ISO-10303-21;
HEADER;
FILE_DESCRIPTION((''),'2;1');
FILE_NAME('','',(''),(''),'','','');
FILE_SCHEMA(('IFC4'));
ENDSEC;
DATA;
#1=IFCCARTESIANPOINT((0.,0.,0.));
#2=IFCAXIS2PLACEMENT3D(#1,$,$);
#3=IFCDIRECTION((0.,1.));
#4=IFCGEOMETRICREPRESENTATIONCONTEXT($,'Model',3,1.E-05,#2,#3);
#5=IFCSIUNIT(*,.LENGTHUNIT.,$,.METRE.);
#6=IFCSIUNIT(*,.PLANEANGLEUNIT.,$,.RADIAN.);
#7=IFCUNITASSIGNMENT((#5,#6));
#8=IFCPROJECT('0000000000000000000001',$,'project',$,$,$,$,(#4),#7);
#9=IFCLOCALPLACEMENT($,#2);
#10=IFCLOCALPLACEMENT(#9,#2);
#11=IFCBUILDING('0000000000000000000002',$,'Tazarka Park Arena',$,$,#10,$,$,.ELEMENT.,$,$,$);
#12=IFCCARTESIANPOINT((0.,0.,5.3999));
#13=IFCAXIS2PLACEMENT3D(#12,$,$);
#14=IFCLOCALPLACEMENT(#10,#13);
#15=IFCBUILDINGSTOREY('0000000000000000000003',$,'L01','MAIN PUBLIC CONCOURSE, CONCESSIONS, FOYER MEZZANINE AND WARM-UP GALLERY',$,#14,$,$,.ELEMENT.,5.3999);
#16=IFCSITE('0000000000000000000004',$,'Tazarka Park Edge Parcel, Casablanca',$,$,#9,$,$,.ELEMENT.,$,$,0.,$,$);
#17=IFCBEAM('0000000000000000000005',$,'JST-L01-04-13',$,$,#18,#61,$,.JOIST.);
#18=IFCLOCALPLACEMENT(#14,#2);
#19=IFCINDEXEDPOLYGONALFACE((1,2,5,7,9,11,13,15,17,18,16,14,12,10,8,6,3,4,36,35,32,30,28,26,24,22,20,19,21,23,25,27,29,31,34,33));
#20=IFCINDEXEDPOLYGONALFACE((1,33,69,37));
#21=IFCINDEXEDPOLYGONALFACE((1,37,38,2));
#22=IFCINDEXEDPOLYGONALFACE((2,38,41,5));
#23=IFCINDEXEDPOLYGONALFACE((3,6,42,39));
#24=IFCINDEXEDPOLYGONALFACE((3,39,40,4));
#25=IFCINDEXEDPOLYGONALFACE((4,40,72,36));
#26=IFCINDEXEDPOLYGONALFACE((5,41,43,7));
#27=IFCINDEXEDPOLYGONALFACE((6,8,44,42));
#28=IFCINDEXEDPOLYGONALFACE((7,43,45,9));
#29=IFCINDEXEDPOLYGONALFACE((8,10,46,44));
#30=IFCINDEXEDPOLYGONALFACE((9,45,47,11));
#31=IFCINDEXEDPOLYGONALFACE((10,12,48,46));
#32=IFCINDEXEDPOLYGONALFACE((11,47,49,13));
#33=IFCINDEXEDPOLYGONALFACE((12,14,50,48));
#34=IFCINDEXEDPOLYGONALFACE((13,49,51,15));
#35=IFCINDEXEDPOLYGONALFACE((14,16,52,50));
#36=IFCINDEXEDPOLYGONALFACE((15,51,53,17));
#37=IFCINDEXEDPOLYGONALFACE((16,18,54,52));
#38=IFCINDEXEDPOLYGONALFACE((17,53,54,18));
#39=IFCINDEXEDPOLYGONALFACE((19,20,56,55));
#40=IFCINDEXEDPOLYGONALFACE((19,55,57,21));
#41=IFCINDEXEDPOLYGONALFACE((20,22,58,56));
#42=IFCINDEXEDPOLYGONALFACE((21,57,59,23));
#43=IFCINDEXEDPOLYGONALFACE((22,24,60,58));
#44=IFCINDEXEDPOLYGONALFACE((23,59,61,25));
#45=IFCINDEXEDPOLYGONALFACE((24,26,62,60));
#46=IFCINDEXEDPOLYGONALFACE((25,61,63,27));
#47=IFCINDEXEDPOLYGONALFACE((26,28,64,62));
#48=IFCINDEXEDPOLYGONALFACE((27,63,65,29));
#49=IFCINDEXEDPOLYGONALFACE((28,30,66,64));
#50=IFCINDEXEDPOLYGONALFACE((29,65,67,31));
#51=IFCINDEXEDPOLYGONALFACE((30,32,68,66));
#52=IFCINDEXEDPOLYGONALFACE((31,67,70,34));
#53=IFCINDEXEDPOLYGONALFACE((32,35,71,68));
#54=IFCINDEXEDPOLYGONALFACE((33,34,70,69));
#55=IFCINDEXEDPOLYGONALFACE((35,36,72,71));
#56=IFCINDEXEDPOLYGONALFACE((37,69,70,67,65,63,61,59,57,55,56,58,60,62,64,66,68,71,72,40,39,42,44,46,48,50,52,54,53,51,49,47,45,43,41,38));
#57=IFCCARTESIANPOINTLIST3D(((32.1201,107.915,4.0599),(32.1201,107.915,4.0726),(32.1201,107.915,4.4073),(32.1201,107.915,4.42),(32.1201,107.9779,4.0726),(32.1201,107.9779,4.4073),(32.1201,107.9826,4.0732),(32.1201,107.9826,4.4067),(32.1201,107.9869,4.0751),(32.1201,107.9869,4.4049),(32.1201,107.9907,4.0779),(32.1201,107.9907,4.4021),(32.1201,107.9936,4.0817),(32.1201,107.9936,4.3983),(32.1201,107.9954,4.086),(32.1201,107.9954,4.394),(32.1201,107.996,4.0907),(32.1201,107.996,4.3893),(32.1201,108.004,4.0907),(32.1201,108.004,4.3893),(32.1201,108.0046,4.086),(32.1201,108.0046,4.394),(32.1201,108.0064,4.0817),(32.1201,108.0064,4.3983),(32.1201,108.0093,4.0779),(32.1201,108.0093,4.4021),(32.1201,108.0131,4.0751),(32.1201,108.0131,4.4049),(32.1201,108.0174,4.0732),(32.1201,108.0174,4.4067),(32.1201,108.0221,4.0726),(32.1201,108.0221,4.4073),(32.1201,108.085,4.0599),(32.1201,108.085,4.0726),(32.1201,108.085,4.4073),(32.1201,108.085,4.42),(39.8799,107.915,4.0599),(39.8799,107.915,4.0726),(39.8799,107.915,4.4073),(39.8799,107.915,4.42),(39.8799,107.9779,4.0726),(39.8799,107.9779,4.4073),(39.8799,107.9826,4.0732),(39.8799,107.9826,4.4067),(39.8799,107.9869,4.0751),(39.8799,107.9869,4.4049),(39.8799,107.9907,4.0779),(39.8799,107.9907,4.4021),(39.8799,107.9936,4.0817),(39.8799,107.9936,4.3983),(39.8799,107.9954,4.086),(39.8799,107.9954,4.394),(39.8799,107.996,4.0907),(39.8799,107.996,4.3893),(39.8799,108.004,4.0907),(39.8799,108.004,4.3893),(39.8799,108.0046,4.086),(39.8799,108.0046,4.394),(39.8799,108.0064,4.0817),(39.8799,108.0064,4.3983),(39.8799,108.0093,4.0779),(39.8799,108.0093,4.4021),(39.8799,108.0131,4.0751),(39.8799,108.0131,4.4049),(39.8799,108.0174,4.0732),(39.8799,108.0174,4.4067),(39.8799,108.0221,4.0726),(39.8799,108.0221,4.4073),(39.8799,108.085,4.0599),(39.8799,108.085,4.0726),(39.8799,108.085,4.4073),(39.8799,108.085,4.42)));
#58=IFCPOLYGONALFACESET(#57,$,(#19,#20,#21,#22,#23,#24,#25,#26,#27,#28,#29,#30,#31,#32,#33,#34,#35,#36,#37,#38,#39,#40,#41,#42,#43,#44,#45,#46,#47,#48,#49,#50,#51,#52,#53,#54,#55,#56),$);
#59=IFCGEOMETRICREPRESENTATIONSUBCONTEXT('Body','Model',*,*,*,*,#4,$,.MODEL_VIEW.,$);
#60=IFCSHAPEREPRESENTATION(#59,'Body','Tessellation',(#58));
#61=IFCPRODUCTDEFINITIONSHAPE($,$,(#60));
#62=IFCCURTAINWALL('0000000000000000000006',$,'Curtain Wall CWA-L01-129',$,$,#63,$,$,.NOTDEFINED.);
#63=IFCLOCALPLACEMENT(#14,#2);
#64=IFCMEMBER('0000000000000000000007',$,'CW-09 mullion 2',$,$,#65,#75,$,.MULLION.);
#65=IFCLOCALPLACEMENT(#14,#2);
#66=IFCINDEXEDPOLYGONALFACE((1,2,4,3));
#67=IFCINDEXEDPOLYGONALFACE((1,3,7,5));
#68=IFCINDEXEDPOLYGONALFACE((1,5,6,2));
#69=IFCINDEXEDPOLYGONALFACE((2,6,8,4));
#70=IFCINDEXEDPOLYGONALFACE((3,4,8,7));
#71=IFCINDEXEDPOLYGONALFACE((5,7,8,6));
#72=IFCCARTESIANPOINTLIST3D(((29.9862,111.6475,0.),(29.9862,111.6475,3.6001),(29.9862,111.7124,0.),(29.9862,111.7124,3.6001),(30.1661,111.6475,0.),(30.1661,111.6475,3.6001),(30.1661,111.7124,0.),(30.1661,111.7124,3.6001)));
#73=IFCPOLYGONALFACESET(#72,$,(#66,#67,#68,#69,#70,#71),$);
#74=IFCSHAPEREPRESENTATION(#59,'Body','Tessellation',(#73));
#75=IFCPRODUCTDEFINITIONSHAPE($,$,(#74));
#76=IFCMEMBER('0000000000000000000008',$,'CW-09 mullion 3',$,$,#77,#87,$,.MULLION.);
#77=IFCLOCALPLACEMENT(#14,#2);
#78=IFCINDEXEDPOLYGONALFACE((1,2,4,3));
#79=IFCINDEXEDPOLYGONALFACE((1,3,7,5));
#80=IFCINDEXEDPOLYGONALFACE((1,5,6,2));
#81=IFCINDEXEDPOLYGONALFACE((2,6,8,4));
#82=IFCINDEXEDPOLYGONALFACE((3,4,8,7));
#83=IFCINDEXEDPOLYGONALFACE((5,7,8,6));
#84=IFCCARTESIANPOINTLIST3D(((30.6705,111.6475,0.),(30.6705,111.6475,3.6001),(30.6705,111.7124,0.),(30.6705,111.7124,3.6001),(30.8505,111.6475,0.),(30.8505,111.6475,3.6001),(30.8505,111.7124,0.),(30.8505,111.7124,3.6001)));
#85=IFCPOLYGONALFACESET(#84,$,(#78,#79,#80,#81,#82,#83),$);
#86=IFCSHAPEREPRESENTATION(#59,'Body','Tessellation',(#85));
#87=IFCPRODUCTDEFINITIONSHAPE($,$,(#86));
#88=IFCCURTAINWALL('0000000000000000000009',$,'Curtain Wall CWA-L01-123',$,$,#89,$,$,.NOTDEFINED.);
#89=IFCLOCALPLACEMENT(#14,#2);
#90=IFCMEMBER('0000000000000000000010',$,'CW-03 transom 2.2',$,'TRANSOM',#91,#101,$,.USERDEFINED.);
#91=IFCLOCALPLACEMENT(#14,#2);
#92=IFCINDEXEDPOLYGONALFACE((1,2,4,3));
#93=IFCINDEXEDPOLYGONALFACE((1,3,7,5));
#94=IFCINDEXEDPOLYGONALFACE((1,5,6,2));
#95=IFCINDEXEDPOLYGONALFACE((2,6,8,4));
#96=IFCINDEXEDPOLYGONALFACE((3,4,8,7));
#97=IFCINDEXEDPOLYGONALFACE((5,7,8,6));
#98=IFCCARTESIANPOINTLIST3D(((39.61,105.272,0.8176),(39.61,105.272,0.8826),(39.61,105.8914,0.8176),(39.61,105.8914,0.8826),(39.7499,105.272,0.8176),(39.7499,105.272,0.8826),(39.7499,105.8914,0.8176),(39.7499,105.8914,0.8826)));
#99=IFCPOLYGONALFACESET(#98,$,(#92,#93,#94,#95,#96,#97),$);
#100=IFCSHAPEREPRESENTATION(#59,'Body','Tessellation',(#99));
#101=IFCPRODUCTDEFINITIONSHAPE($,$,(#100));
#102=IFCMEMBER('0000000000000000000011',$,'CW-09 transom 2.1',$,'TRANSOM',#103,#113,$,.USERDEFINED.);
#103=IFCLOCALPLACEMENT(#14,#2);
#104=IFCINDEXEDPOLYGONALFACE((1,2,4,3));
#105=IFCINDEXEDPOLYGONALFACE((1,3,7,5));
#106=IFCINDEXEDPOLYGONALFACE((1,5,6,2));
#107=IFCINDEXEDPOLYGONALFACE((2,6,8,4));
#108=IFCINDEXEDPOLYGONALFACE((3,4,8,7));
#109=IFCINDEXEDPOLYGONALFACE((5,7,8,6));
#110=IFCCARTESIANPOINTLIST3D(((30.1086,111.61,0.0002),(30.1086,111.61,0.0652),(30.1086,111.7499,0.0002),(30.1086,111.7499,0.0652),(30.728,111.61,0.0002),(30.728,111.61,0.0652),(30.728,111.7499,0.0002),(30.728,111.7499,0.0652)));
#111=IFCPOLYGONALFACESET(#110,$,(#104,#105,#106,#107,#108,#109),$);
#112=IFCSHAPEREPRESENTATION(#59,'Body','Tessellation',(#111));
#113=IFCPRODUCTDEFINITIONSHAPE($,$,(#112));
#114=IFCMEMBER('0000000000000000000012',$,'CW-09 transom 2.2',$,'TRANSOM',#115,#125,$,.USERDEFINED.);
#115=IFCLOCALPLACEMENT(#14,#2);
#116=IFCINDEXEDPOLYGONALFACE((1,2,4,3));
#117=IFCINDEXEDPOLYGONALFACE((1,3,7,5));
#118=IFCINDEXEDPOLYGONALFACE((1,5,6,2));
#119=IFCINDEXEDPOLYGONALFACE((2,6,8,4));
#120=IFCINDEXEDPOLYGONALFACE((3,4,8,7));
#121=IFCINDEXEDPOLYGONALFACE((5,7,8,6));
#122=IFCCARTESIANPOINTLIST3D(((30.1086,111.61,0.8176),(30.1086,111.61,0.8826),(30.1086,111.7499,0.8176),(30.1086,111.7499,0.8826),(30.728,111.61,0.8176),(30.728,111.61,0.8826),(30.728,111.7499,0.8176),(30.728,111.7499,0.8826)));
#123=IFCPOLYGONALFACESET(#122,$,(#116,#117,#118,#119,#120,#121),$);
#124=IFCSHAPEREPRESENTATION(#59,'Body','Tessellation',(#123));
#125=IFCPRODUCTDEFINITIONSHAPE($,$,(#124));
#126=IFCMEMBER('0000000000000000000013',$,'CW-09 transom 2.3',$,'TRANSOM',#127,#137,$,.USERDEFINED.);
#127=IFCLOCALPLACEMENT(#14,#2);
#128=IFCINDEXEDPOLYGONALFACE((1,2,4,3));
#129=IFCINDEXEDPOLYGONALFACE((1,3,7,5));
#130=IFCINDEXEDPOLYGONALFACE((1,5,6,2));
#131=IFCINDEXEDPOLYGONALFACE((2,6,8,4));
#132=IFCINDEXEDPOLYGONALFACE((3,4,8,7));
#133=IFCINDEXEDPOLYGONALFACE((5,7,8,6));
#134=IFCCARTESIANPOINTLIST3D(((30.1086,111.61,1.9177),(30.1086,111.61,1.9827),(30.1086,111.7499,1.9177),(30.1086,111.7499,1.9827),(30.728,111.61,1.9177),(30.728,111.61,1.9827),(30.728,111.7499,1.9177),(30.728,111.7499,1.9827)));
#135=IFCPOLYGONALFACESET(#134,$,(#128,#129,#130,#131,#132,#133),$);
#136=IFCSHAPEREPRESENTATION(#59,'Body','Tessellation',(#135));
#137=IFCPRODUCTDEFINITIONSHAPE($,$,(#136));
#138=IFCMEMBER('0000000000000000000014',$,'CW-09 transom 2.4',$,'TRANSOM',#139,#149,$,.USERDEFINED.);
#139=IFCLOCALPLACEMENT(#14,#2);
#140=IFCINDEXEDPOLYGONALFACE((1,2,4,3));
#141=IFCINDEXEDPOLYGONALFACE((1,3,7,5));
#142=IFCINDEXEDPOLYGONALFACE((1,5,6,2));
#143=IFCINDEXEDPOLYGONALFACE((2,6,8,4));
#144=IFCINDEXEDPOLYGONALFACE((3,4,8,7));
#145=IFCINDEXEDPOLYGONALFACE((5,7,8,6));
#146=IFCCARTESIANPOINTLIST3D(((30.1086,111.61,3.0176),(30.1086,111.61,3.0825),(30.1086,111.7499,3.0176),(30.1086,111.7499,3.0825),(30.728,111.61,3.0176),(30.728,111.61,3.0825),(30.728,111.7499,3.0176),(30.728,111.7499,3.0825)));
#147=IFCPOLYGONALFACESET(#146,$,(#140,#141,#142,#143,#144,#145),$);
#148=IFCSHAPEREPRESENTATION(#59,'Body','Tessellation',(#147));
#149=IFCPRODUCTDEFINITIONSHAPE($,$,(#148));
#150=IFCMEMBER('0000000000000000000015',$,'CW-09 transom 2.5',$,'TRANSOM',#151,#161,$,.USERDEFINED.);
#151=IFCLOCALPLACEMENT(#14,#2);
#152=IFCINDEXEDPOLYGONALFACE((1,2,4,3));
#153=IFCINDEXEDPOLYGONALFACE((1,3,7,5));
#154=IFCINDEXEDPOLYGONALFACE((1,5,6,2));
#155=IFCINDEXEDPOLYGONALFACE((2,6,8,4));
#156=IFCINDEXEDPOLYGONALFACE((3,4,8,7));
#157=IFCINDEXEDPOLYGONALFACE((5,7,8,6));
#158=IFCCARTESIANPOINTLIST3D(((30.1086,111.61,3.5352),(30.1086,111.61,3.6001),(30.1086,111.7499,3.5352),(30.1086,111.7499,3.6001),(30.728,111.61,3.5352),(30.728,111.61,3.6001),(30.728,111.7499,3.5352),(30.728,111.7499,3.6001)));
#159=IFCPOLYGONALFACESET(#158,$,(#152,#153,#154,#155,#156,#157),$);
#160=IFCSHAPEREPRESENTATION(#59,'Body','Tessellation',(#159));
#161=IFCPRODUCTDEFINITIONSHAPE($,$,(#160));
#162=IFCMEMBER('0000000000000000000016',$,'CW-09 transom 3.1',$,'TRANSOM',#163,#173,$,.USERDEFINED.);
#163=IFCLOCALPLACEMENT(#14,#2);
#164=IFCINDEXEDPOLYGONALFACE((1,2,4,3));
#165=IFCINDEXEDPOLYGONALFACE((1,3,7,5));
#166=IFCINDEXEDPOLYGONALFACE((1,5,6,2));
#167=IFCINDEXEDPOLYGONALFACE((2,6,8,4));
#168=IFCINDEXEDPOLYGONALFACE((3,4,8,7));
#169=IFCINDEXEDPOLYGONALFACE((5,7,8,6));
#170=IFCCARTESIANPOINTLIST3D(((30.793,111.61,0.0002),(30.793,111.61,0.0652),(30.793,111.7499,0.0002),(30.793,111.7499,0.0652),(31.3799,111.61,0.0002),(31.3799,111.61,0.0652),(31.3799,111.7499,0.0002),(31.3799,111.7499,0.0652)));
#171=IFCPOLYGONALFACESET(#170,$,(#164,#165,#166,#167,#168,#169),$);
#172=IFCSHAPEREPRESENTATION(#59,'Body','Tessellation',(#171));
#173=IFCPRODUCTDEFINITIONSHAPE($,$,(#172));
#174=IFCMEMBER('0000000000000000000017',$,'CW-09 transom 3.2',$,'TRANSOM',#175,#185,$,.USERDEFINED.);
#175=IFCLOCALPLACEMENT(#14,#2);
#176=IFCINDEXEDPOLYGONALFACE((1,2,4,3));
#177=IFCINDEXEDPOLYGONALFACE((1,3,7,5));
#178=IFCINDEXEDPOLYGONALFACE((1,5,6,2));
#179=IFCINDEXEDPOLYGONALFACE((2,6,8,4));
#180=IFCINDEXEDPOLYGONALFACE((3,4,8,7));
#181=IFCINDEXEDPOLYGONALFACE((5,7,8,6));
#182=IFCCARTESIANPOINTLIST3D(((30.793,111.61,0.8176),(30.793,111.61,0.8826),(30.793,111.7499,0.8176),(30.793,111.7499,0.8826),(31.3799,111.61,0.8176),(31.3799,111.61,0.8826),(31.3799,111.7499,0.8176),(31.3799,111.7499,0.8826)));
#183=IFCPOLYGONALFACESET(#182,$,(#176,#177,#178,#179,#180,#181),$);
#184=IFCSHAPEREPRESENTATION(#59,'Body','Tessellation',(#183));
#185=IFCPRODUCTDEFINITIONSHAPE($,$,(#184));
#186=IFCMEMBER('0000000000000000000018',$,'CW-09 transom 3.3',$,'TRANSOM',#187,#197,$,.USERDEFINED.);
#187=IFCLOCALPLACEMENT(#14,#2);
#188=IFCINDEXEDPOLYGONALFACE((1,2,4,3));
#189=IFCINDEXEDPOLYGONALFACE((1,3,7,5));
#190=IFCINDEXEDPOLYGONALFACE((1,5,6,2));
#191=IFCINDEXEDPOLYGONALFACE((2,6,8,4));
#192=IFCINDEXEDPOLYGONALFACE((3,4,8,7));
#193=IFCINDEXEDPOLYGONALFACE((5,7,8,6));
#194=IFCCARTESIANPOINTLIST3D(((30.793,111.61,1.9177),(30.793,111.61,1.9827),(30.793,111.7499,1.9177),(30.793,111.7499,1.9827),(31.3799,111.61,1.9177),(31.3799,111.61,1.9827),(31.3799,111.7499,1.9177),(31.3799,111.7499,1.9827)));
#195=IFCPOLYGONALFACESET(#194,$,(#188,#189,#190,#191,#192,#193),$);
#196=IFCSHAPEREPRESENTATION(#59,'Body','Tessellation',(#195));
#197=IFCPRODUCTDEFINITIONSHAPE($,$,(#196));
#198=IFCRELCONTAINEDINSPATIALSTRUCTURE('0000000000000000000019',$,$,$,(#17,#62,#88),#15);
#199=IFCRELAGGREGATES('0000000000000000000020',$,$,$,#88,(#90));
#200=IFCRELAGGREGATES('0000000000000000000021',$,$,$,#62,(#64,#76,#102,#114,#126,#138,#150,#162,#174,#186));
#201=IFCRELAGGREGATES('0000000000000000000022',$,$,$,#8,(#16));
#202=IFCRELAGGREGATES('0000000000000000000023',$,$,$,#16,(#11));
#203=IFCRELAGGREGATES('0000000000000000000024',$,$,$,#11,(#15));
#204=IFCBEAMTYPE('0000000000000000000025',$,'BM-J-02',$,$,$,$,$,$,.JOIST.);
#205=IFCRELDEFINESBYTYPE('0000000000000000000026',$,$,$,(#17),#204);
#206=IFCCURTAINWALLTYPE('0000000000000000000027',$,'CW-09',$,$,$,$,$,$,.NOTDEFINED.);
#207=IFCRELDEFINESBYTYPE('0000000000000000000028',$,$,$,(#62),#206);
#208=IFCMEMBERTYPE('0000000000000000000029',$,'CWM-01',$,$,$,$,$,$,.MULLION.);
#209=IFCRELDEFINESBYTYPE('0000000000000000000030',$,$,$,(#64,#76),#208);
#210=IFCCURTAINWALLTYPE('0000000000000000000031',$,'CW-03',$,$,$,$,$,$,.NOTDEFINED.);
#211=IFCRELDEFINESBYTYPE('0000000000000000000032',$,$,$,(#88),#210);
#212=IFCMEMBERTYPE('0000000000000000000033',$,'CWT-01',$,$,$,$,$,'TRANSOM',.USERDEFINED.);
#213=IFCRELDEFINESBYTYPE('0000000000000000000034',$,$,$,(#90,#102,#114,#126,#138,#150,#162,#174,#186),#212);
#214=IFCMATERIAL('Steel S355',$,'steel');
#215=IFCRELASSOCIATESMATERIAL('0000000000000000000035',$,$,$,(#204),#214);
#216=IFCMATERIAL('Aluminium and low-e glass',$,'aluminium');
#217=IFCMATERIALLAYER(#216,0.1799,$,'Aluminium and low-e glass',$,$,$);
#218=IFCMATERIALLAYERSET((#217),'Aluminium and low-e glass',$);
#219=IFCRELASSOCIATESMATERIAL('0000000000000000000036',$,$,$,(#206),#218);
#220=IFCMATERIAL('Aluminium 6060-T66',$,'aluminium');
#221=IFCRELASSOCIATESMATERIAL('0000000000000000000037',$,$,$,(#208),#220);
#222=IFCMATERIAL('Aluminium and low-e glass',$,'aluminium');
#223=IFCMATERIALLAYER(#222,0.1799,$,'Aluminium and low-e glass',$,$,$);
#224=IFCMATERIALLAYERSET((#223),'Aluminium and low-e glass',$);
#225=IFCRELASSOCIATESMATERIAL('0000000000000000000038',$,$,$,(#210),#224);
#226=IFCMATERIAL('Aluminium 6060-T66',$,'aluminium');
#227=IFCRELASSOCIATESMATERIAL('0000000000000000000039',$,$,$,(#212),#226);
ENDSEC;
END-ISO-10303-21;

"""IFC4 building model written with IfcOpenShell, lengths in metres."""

from ifc_helpers import new_model, si_unit, direction, frame, origin, origin_2d, place, context, subcontext, project, spatial, rectangle, i_section, extrude, material, layer, layer_set, material_profile, profile_set, type_object, element, aggregate, save


model = new_model("IFC4")

# Units and contexts
model_context = context("Model", 3, precision=1e-05, world=origin(), true_north=direction((0.0, 1.0)))
body_context = subcontext(model_context, "Body", "Model", "MODEL_VIEW")
ifc_project = project(units=[si_unit("LENGTHUNIT", "METRE"), si_unit("PLANEANGLEUNIT", "RADIAN")], contexts=[model_context])

# Site, building, storey
site_placement = place(None, origin())
site = spatial("IfcSite", under=ifc_project, at=site_placement, Name="Tazarka Park Edge Parcel, Casablanca", CompositionType="ELEMENT", RefElevation=0.0)
building_placement = place(site_placement, origin())
building = spatial("IfcBuilding", under=site, at=building_placement, Name="Tazarka Park Arena", CompositionType="ELEMENT")
storey_placement = place(building_placement, frame((0.0, 0.0, 5.3999)))
storey = spatial("IfcBuildingStorey", under=building, at=storey_placement, Name="L01", Description="MAIN PUBLIC CONCOURSE, CONCESSIONS, FOYER MEZZANINE AND WARM-UP GALLERY", CompositionType="ELEMENT", Elevation=5.3999)

# Beam
ifc_material_1 = material(Name="Steel S355", Category="steel")
ifc_material_profile_1 = material_profile(ifc_material_1, i_section(OverallWidth=0.1699, OverallDepth=0.3601, WebThickness=0.0081, FlangeThickness=0.0127, FilletRadius=0.0181, at=origin_2d()), Name="Steel S355")
ifc_profile_set_1 = profile_set([ifc_material_profile_1], Name="Steel S355")
beam_type = type_object("IfcBeamType", Name="BM-J-02", PredefinedType="JOIST", material=ifc_profile_set_1)
beam_placement = place(storey_placement, frame((32.1201, 108.0, 4.24), z_axis=(1.0, 0.0, 0.0), x_axis=(0.0, 1.0, 0.0)))
element("IfcBeam", 1, at=beam_placement, inside=storey, type_object=beam_type, Name="JST-L01-04-13", PredefinedType="JOIST", context=body_context, shape_type="SweptSolid", body=[
    extrude(i_section(OverallWidth=0.1699, OverallDepth=0.3601, WebThickness=0.0081, FlangeThickness=0.0127, FilletRadius=0.0181, at=origin_2d()), origin(), (0.0, 0.0, 1.0), 7.7598),
])

# Curtain wall, members
ifc_material_2 = material(Name="Aluminium and low-e glass", Category="aluminium")
ifc_layer_1 = layer(ifc_material_2, 0.1799, Name="Aluminium and low-e glass")
ifc_layer_set_1 = layer_set([ifc_layer_1], Name="Aluminium and low-e glass")
curtain_wall_type_1 = type_object("IfcCurtainWallType", Name="CW-09", PredefinedType="NOTDEFINED", material=ifc_layer_set_1)
curtain_wall_1_placement = place(storey_placement, origin())
curtain_wall_1 = element("IfcCurtainWall", 2, at=curtain_wall_1_placement, inside=storey, type_object=curtain_wall_type_1, Name="Curtain Wall CWA-L01-129", PredefinedType="NOTDEFINED")
ifc_material_3 = material(Name="Aluminium 6060-T66", Category="aluminium")
ifc_material_profile_2 = material_profile(ifc_material_3, rectangle(XDim=0.0649, YDim=0.1799, at=origin_2d()), Name="Aluminium 6060-T66")
ifc_profile_set_2 = profile_set([ifc_material_profile_2], Name="Aluminium 6060-T66")
member_type_1 = type_object("IfcMemberType", Name="CWM-01", PredefinedType="MULLION", material=ifc_profile_set_2)
member_1_placement = place(storey_placement, frame((30.0762, 111.6799, 0.0), z_axis=(0.0, 0.0, 1.0), x_axis=(0.0, 1.0, 0.0)))
member_1 = element("IfcMember", 3, at=member_1_placement, type_object=member_type_1, Name="CW-09 mullion 2", PredefinedType="MULLION", context=body_context, shape_type="SweptSolid", body=[
    extrude(rectangle(XDim=0.0649, YDim=0.1799, at=origin_2d()), origin(), (0.0, 0.0, 1.0), 3.6001),
])
member_2_placement = place(storey_placement, frame((30.7605, 111.6799, 0.0), z_axis=(0.0, 0.0, 1.0), x_axis=(0.0, 1.0, 0.0)))
member_2 = element("IfcMember", 4, at=member_2_placement, type_object=member_type_1, Name="CW-09 mullion 3", PredefinedType="MULLION", context=body_context, shape_type="SweptSolid", body=[
    extrude(rectangle(XDim=0.0649, YDim=0.1799, at=origin_2d()), origin(), (0.0, 0.0, 1.0), 3.6001),
])

# Curtain wall, member
ifc_material_4 = material(Name="Aluminium and low-e glass", Category="aluminium")
ifc_layer_2 = layer(ifc_material_4, 0.1799, Name="Aluminium and low-e glass")
ifc_layer_set_2 = layer_set([ifc_layer_2], Name="Aluminium and low-e glass")
curtain_wall_type_2 = type_object("IfcCurtainWallType", Name="CW-03", PredefinedType="NOTDEFINED", material=ifc_layer_set_2)
curtain_wall_2_placement = place(storey_placement, origin())
curtain_wall_2 = element("IfcCurtainWall", 5, at=curtain_wall_2_placement, inside=storey, type_object=curtain_wall_type_2, Name="Curtain Wall CWA-L01-123", PredefinedType="NOTDEFINED")
ifc_material_5 = material(Name="Aluminium 6060-T66", Category="aluminium")
ifc_material_profile_3 = material_profile(ifc_material_5, rectangle(XDim=0.1399, YDim=0.0649, at=origin_2d()), Name="Aluminium 6060-T66")
ifc_profile_set_3 = profile_set([ifc_material_profile_3], Name="Aluminium 6060-T66")
member_type_2 = type_object("IfcMemberType", Name="CWT-01", ElementType="TRANSOM", PredefinedType="USERDEFINED", material=ifc_profile_set_3)
member_3_placement = place(storey_placement, frame((39.6799, 105.8914, 0.8501), z_axis=(0.0, -1.0, 0.0), x_axis=(1.0, 0.0, 0.0)))
member_3 = element("IfcMember", 6, at=member_3_placement, type_object=member_type_2, Name="CW-03 transom 2.2", ObjectType="TRANSOM", PredefinedType="USERDEFINED", context=body_context, shape_type="SweptSolid", body=[
    extrude(rectangle(XDim=0.1399, YDim=0.0649, at=origin_2d()), origin(), (0.0, 0.0, 1.0), 0.6194),
])
aggregate(curtain_wall_2, [member_3])

# Members
member_4_placement = place(storey_placement, frame((30.1086, 111.6799, 0.0327), z_axis=(1.0, 0.0, 0.0), x_axis=(0.0, 1.0, 0.0)))
member_4 = element("IfcMember", 7, at=member_4_placement, type_object=member_type_2, Name="CW-09 transom 2.1", ObjectType="TRANSOM", PredefinedType="USERDEFINED", context=body_context, shape_type="SweptSolid", body=[
    extrude(rectangle(XDim=0.1399, YDim=0.0649, at=origin_2d()), origin(), (0.0, 0.0, 1.0), 0.6194),
])
member_5_placement = place(storey_placement, frame((30.1086, 111.6799, 0.8501), z_axis=(1.0, 0.0, 0.0), x_axis=(0.0, 1.0, 0.0)))
member_5 = element("IfcMember", 8, at=member_5_placement, type_object=member_type_2, Name="CW-09 transom 2.2", ObjectType="TRANSOM", PredefinedType="USERDEFINED", context=body_context, shape_type="SweptSolid", body=[
    extrude(rectangle(XDim=0.1399, YDim=0.0649, at=origin_2d()), origin(), (0.0, 0.0, 1.0), 0.6194),
])
member_6_placement = place(storey_placement, frame((30.1086, 111.6799, 1.9502), z_axis=(1.0, 0.0, 0.0), x_axis=(0.0, 1.0, 0.0)))
member_6 = element("IfcMember", 9, at=member_6_placement, type_object=member_type_2, Name="CW-09 transom 2.3", ObjectType="TRANSOM", PredefinedType="USERDEFINED", context=body_context, shape_type="SweptSolid", body=[
    extrude(rectangle(XDim=0.1399, YDim=0.0649, at=origin_2d()), origin(), (0.0, 0.0, 1.0), 0.6194),
])
member_7_placement = place(storey_placement, frame((30.1086, 111.6799, 3.05), z_axis=(1.0, 0.0, 0.0), x_axis=(0.0, 1.0, 0.0)))
member_7 = element("IfcMember", 10, at=member_7_placement, type_object=member_type_2, Name="CW-09 transom 2.4", ObjectType="TRANSOM", PredefinedType="USERDEFINED", context=body_context, shape_type="SweptSolid", body=[
    extrude(rectangle(XDim=0.1399, YDim=0.0649, at=origin_2d()), origin(), (0.0, 0.0, 1.0), 0.6194),
])
member_8_placement = place(storey_placement, frame((30.1086, 111.6799, 3.5676), z_axis=(1.0, 0.0, 0.0), x_axis=(0.0, 1.0, 0.0)))
member_8 = element("IfcMember", 11, at=member_8_placement, type_object=member_type_2, Name="CW-09 transom 2.5", ObjectType="TRANSOM", PredefinedType="USERDEFINED", context=body_context, shape_type="SweptSolid", body=[
    extrude(rectangle(XDim=0.1399, YDim=0.0649, at=origin_2d()), origin(), (0.0, 0.0, 1.0), 0.6194),
])
member_9_placement = place(storey_placement, frame((30.793, 111.6799, 0.0327), z_axis=(1.0, 0.0, 0.0), x_axis=(0.0, 1.0, 0.0)))
member_9 = element("IfcMember", 12, at=member_9_placement, type_object=member_type_2, Name="CW-09 transom 3.1", ObjectType="TRANSOM", PredefinedType="USERDEFINED", context=body_context, shape_type="SweptSolid", body=[
    extrude(rectangle(XDim=0.1399, YDim=0.0649, at=origin_2d()), origin(), (0.0, 0.0, 1.0), 0.5869),
])
member_10_placement = place(storey_placement, frame((30.793, 111.6799, 0.8501), z_axis=(1.0, 0.0, 0.0), x_axis=(0.0, 1.0, 0.0)))
member_10 = element("IfcMember", 13, at=member_10_placement, type_object=member_type_2, Name="CW-09 transom 3.2", ObjectType="TRANSOM", PredefinedType="USERDEFINED", context=body_context, shape_type="SweptSolid", body=[
    extrude(rectangle(XDim=0.1399, YDim=0.0649, at=origin_2d()), origin(), (0.0, 0.0, 1.0), 0.5869),
])
member_11_placement = place(storey_placement, frame((30.793, 111.6799, 1.9502), z_axis=(1.0, 0.0, 0.0), x_axis=(0.0, 1.0, 0.0)))
member_11 = element("IfcMember", 14, at=member_11_placement, type_object=member_type_2, Name="CW-09 transom 3.3", ObjectType="TRANSOM", PredefinedType="USERDEFINED", context=body_context, shape_type="SweptSolid", body=[
    extrude(rectangle(XDim=0.1399, YDim=0.0649, at=origin_2d()), origin(), (0.0, 0.0, 1.0), 0.5869),
])

aggregate(curtain_wall_1, [member_1, member_2, member_4, member_5, member_6, member_7, member_8, member_9, member_10, member_11])

save(model, "model.ifc")
